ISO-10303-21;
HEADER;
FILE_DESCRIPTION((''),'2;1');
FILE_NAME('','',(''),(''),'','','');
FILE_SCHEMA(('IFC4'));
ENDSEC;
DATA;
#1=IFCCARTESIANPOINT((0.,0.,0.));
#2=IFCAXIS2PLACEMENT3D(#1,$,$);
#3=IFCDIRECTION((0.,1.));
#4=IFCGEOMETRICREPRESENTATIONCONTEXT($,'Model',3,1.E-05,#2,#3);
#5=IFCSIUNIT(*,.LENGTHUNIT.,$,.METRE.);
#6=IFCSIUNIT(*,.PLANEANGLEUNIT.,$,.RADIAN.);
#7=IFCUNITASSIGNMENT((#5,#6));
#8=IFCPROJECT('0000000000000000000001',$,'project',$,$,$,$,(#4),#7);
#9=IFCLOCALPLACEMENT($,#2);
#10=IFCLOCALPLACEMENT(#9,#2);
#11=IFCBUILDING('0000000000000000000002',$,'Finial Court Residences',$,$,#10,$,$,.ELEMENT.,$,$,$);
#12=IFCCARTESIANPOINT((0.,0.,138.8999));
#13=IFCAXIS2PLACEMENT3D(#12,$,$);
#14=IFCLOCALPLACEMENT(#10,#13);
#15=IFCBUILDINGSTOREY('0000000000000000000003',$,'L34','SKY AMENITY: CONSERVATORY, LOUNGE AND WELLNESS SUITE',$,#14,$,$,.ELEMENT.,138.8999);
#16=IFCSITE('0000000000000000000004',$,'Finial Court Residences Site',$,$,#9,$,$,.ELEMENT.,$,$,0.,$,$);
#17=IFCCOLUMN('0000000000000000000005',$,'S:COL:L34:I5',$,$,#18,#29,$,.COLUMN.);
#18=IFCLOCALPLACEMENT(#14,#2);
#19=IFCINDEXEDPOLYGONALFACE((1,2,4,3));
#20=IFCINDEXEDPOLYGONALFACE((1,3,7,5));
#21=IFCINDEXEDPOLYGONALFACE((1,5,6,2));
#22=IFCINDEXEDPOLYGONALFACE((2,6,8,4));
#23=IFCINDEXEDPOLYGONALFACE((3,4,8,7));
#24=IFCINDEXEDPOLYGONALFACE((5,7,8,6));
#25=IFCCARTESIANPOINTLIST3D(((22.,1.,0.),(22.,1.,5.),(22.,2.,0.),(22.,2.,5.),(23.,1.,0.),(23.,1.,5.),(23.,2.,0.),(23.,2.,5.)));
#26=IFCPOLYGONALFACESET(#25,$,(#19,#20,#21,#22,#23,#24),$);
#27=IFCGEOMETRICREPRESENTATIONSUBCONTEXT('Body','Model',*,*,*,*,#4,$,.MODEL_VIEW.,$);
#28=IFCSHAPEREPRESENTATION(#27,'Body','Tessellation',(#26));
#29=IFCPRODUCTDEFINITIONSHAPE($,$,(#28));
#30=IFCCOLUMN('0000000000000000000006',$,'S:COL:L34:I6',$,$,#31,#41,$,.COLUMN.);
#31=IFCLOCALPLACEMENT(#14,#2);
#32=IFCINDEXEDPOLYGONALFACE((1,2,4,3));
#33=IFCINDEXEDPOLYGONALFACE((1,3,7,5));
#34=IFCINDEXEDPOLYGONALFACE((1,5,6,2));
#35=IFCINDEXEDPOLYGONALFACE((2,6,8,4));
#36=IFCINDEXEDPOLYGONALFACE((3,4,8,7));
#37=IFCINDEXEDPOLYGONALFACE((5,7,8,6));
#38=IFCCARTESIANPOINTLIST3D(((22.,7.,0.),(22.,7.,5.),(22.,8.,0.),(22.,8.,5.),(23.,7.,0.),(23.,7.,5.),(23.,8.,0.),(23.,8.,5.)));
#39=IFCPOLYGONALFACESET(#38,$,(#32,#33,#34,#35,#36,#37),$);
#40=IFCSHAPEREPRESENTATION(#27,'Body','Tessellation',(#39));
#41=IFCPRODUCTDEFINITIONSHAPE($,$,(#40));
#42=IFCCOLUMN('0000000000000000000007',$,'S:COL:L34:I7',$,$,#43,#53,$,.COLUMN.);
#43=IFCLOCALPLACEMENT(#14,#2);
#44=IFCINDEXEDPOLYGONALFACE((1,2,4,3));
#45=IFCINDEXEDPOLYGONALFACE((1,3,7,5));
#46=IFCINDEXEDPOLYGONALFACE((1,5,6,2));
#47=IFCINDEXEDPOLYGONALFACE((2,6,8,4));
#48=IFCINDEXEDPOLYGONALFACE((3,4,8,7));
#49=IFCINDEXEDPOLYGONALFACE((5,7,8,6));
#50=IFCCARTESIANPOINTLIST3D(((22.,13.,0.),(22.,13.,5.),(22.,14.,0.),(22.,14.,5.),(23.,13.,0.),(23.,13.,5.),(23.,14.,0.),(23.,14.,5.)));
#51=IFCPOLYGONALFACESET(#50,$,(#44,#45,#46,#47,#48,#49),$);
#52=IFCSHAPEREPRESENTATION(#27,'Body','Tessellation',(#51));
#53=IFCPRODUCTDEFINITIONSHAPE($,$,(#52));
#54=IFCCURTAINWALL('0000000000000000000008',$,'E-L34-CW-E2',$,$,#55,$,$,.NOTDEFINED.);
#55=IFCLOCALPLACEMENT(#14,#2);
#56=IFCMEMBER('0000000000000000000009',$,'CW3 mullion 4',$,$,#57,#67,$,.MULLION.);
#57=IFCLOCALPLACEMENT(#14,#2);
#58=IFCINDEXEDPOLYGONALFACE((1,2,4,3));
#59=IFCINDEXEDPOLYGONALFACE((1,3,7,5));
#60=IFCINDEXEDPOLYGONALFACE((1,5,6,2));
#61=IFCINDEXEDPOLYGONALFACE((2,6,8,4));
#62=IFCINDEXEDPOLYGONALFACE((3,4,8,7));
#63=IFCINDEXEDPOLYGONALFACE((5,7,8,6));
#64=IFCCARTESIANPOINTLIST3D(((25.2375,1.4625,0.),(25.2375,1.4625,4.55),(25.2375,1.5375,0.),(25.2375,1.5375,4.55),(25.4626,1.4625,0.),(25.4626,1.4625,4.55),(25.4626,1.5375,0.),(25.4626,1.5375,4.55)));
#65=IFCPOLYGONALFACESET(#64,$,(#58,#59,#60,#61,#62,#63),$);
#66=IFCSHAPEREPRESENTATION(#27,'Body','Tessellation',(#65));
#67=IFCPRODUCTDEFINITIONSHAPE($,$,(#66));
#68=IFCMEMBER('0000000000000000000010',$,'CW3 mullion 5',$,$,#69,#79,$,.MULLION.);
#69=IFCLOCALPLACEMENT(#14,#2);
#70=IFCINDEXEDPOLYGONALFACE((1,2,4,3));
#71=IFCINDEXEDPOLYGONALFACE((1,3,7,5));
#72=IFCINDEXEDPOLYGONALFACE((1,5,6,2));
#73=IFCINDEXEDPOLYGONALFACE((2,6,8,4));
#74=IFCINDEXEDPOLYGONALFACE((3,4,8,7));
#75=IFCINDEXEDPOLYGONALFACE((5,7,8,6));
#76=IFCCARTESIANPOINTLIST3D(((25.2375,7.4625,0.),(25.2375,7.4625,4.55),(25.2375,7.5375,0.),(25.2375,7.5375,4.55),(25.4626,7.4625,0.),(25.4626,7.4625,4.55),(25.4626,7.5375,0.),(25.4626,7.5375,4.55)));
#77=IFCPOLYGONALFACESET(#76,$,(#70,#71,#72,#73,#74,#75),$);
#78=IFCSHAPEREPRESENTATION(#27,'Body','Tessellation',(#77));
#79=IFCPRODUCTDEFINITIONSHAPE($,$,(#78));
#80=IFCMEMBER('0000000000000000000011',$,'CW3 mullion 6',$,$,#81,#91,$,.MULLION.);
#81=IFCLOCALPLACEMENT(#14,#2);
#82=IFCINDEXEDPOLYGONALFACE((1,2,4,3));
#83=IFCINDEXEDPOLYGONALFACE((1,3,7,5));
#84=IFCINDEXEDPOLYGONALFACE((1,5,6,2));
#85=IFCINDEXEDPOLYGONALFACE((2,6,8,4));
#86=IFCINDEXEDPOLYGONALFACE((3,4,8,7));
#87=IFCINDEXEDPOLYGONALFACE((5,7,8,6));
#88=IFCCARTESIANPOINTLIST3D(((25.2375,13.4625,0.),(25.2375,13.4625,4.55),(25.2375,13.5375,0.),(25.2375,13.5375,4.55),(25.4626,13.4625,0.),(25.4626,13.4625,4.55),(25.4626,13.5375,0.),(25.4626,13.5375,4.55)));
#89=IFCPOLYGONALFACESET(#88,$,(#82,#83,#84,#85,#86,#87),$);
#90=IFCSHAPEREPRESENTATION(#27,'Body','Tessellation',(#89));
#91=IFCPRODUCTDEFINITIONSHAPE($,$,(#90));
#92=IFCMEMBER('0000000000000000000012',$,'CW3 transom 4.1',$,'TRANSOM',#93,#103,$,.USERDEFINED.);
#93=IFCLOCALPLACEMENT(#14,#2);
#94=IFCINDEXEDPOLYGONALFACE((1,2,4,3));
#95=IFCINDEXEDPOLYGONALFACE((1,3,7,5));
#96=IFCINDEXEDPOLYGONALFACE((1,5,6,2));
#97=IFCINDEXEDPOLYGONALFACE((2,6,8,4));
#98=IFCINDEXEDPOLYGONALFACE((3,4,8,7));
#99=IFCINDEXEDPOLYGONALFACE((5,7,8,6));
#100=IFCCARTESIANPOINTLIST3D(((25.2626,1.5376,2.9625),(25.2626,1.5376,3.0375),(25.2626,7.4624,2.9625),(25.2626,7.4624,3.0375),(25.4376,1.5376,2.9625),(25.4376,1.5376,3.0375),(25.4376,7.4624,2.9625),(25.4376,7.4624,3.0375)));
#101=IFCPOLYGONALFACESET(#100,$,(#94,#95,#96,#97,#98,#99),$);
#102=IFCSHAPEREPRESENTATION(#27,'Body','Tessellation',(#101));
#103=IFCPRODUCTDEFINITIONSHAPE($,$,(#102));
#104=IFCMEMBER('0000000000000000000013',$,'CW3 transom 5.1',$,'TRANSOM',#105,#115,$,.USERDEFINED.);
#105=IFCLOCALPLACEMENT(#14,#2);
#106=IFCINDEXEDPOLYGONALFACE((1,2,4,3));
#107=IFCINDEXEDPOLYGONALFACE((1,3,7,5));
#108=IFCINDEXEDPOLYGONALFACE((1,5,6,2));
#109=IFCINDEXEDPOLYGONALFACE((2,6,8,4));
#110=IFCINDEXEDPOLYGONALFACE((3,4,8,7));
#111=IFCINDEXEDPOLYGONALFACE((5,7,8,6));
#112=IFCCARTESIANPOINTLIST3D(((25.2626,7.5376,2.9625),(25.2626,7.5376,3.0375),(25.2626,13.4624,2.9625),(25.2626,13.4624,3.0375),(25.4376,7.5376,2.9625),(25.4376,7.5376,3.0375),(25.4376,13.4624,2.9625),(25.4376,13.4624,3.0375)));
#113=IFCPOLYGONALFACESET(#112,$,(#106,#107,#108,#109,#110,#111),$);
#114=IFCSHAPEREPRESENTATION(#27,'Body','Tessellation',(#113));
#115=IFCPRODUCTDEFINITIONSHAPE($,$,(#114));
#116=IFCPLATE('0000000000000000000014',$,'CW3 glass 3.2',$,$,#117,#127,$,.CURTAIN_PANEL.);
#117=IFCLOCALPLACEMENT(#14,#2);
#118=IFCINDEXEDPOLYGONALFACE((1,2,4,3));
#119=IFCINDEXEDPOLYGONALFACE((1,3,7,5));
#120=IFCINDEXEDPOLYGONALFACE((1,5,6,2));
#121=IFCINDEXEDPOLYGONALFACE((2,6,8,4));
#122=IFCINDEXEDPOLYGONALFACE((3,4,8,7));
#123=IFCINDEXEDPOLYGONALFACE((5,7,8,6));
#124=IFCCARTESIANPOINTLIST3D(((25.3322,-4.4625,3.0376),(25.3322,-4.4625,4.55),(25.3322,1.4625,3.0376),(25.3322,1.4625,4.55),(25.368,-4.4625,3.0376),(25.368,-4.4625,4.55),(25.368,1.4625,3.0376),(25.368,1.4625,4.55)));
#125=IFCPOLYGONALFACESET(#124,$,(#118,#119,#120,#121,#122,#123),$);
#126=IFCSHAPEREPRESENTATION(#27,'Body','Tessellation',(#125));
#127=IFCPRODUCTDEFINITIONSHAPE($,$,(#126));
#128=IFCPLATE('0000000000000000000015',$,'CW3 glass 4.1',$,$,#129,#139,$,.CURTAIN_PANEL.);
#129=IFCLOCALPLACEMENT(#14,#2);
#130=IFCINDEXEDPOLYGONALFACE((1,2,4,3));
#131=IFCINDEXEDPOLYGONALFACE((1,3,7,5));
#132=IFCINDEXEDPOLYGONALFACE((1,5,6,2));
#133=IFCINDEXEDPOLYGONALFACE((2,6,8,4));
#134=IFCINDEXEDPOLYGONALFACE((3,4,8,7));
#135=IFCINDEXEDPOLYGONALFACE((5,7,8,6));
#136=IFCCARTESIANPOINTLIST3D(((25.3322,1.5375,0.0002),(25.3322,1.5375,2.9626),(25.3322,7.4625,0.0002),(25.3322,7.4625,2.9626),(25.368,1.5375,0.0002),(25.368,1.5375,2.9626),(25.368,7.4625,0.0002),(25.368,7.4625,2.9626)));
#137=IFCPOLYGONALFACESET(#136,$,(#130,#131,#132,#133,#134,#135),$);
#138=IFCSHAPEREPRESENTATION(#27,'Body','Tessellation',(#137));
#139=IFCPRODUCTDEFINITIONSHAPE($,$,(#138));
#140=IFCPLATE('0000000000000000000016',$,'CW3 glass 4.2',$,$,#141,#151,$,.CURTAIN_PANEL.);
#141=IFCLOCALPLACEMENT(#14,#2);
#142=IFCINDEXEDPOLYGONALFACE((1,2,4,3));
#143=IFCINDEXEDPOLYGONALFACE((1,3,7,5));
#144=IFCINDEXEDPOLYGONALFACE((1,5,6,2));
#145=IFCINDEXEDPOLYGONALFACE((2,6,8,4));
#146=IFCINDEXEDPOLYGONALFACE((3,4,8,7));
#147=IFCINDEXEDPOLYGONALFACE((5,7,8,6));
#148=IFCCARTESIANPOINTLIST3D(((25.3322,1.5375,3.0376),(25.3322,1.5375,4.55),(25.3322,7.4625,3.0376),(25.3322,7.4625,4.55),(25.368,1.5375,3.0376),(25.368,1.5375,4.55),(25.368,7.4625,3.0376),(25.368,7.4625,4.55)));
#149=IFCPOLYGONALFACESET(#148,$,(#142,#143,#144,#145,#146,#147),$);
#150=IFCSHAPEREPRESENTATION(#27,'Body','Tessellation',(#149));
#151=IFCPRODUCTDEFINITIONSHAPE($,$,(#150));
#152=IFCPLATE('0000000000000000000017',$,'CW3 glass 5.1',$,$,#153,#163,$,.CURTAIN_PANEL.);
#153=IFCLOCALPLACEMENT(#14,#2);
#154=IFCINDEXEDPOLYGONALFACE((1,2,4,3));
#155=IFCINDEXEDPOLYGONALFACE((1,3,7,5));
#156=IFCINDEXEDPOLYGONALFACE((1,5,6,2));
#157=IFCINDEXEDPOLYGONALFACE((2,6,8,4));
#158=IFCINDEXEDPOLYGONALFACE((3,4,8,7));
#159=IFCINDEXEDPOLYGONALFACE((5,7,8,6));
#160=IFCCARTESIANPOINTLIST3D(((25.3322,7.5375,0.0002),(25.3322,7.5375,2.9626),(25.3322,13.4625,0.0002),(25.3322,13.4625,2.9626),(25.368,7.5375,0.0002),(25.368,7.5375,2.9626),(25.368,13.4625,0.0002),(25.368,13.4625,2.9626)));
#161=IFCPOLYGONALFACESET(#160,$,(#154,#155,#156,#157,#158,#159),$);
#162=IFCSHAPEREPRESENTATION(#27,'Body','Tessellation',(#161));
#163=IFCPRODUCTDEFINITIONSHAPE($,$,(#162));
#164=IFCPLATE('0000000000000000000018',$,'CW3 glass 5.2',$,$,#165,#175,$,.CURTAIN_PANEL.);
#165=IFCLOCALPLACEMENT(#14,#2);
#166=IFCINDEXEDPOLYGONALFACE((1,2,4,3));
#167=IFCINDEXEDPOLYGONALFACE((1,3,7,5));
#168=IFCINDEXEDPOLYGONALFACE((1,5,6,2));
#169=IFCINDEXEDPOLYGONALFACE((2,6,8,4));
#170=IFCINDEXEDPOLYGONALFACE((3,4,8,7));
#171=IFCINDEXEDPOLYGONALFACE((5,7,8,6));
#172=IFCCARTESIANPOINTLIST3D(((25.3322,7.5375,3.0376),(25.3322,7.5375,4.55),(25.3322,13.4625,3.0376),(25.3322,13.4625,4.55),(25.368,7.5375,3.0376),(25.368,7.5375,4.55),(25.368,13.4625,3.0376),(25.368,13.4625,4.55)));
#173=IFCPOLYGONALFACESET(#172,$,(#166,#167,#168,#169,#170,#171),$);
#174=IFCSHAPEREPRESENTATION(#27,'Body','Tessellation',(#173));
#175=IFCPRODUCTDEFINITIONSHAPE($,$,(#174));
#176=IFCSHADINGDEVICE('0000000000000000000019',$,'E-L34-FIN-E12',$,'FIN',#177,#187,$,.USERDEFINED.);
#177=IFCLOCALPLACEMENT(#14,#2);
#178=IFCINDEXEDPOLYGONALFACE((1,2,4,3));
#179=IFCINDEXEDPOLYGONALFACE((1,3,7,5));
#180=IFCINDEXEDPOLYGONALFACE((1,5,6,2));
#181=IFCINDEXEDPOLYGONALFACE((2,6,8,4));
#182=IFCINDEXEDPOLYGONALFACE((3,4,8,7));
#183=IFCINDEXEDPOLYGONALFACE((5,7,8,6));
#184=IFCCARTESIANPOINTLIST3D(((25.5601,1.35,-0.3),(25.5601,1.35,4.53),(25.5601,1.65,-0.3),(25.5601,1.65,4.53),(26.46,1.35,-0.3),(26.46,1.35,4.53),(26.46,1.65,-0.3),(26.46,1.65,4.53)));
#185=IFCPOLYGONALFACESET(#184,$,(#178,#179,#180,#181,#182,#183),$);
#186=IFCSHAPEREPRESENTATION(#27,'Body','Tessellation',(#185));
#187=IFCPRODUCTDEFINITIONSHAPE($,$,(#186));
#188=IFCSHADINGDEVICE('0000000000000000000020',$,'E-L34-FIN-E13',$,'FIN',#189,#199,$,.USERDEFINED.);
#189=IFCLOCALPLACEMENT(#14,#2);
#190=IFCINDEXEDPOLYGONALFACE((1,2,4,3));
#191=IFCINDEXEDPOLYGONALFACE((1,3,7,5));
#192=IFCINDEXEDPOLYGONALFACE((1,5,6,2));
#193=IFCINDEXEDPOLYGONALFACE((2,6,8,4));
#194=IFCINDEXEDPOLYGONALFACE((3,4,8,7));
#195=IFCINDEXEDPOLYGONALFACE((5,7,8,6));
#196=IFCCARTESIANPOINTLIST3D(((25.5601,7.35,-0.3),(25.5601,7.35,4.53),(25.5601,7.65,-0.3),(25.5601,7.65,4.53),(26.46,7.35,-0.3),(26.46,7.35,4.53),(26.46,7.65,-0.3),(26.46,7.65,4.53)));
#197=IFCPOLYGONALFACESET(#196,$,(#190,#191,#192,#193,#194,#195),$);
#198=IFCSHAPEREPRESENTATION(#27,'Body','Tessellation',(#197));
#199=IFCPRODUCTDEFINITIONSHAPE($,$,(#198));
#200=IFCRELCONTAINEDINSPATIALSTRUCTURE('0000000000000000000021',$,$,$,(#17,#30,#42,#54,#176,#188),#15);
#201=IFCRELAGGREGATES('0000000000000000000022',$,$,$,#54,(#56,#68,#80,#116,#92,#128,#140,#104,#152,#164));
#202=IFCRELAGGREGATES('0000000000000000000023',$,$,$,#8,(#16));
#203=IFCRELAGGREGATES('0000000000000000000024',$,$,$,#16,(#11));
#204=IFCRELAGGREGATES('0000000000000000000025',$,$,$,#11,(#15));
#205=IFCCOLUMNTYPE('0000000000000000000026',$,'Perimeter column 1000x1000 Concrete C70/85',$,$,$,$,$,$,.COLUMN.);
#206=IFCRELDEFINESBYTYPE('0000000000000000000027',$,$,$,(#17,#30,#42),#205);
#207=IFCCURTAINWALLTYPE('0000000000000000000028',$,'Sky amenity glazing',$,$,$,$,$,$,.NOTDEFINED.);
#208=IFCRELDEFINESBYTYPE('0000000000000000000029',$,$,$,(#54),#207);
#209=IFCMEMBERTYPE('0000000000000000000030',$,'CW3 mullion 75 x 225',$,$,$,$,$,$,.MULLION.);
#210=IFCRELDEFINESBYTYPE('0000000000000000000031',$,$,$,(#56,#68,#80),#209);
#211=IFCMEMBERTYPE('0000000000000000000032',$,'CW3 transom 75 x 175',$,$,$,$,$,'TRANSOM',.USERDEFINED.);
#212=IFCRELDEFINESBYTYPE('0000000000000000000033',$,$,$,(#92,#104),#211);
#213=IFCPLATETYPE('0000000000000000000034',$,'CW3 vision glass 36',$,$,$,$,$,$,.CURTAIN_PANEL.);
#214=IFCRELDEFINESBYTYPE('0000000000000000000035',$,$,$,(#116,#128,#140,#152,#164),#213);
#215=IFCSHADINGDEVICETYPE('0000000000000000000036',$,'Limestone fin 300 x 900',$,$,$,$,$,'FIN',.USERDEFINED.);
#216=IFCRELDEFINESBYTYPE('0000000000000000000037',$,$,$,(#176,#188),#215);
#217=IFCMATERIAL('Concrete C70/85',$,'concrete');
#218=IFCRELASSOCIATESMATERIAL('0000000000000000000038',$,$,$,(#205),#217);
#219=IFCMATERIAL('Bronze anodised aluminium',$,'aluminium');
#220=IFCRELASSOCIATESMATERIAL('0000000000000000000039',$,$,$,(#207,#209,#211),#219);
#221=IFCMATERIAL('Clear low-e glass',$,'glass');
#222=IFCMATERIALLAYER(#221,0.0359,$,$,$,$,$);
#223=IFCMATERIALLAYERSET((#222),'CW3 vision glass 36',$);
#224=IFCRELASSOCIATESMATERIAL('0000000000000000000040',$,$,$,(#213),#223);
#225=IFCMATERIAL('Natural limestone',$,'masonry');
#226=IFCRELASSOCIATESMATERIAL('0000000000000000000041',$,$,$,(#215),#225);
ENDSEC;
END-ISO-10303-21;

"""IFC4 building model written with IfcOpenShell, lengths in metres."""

from ifc_helpers import new_model, si_unit, direction, frame, origin, origin_2d, place, context, subcontext, project, spatial, rectangle, extrude, material, layer, layer_set, material_profile, profile_set, type_object, element, aggregate, save


model = new_model("IFC4")

# Units and contexts
model_context = context("Model", 3, precision=1e-05, world=origin(), true_north=direction((0.0, 1.0)))
body_context = subcontext(model_context, "Body", "Model", "MODEL_VIEW")
ifc_project = project(units=[si_unit("LENGTHUNIT", "METRE"), si_unit("PLANEANGLEUNIT", "RADIAN")], contexts=[model_context])

# Site, building, storey
site_placement = place(None, origin())
site = spatial("IfcSite", under=ifc_project, at=site_placement, Name="Finial Court Residences Site", CompositionType="ELEMENT", RefElevation=0.0)
building_placement = place(site_placement, origin())
building = spatial("IfcBuilding", under=site, at=building_placement, Name="Finial Court Residences", CompositionType="ELEMENT")
storey_placement = place(building_placement, frame((0.0, 0.0, 138.8999)))
storey = spatial("IfcBuildingStorey", under=building, at=storey_placement, Name="L34", Description="SKY AMENITY: CONSERVATORY, LOUNGE AND WELLNESS SUITE", CompositionType="ELEMENT", Elevation=138.8999)

# Columns
ifc_material_1 = material(Name="Concrete C70/85", Category="concrete")
ifc_material_profile_1 = material_profile(ifc_material_1, rectangle(XDim=1.0, YDim=1.0, at=origin_2d()), Name="1000x1000")
ifc_profile_set_1 = profile_set([ifc_material_profile_1], Name="Concrete C70/85")
column_type = type_object("IfcColumnType", Name="Perimeter column 1000x1000 Concrete C70/85", PredefinedType="COLUMN", material=ifc_profile_set_1)
for number, where, z_axis, x_axis, name in (
    (1, (22.5, 1.5, 0.0), (0.0, 0.0, 1.0), (1.0, 0.0, 0.0), "S:COL:L34:I5"),
    (2, (22.5, 7.5, 0.0), (0.0, 0.0, 1.0), (1.0, 0.0, 0.0), "S:COL:L34:I6"),
    (3, (22.5, 13.5, 0.0), (0.0, 0.0, 1.0), (1.0, 0.0, 0.0), "S:COL:L34:I7"),
):
    element("IfcColumn", number, at=place(storey_placement, frame(where, z_axis=z_axis, x_axis=x_axis)), inside=storey, type_object=column_type, Name=name, PredefinedType="COLUMN", context=body_context, shape_type="SweptSolid", body=[
        extrude(rectangle(XDim=1.0, YDim=1.0, at=origin_2d()), origin(), (0.0, 0.0, 1.0), 5.0),
    ])

# Curtain wall, members, plates
ifc_material_2 = material(Name="Bronze anodised aluminium", Category="aluminium")
curtain_wall_type = type_object("IfcCurtainWallType", Name="Sky amenity glazing", PredefinedType="NOTDEFINED", material=ifc_material_2)
curtain_wall_placement = place(storey_placement, origin())
curtain_wall = element("IfcCurtainWall", 4, at=curtain_wall_placement, inside=storey, type_object=curtain_wall_type, Name="E-L34-CW-E2", PredefinedType="NOTDEFINED")
ifc_material_profile_2 = material_profile(ifc_material_2, rectangle(XDim=0.2251, YDim=0.075, at=origin_2d()), Name="CW3 mullion 75 x 225")
ifc_profile_set_2 = profile_set([ifc_material_profile_2], Name="Bronze anodised aluminium")
member_type_1 = type_object("IfcMemberType", Name="CW3 mullion 75 x 225", PredefinedType="MULLION", material=ifc_profile_set_2)
member_1_placement = place(storey_placement, frame((25.3501, 1.5, 0.0), z_axis=(0.0, 0.0, 1.0), x_axis=(-1.0, 0.0, 0.0)))
member_1 = element("IfcMember", 5, at=member_1_placement, type_object=member_type_1, Name="CW3 mullion 4", PredefinedType="MULLION", context=body_context, shape_type="SweptSolid", body=[
    extrude(rectangle(XDim=0.2251, YDim=0.075, at=origin_2d()), origin(), (0.0, 0.0, 1.0), 4.55),
])
member_2_placement = place(storey_placement, frame((25.3501, 7.5, 0.0), z_axis=(0.0, 0.0, 1.0), x_axis=(-1.0, 0.0, 0.0)))
member_2 = element("IfcMember", 6, at=member_2_placement, type_object=member_type_1, Name="CW3 mullion 5", PredefinedType="MULLION", context=body_context, shape_type="SweptSolid", body=[
    extrude(rectangle(XDim=0.2251, YDim=0.075, at=origin_2d()), origin(), (0.0, 0.0, 1.0), 4.55),
])
member_3_placement = place(storey_placement, frame((25.3501, 13.5, 0.0), z_axis=(0.0, 0.0, 1.0), x_axis=(-1.0, 0.0, 0.0)))
member_3 = element("IfcMember", 7, at=member_3_placement, type_object=member_type_1, Name="CW3 mullion 6", PredefinedType="MULLION", context=body_context, shape_type="SweptSolid", body=[
    extrude(rectangle(XDim=0.2251, YDim=0.075, at=origin_2d()), origin(), (0.0, 0.0, 1.0), 4.55),
])
ifc_material_profile_3 = material_profile(ifc_material_2, rectangle(XDim=0.175, YDim=0.075, at=origin_2d()), Name="CW3 transom 75 x 175")
ifc_profile_set_3 = profile_set([ifc_material_profile_3], Name="Bronze anodised aluminium")
member_type_2 = type_object("IfcMemberType", Name="CW3 transom 75 x 175", ElementType="TRANSOM", PredefinedType="USERDEFINED", material=ifc_profile_set_3)
member_4_placement = place(storey_placement, frame((25.3501, 1.5376, 3.0), z_axis=(0.0, 1.0, 0.0), x_axis=(-1.0, 0.0, 0.0)))
member_4 = element("IfcMember", 8, at=member_4_placement, type_object=member_type_2, Name="CW3 transom 4.1", ObjectType="TRANSOM", PredefinedType="USERDEFINED", context=body_context, shape_type="SweptSolid", body=[
    extrude(rectangle(XDim=0.175, YDim=0.075, at=origin_2d()), origin(), (0.0, 0.0, 1.0), 5.9248),
])
member_5_placement = place(storey_placement, frame((25.3501, 7.5376, 3.0), z_axis=(0.0, 1.0, 0.0), x_axis=(-1.0, 0.0, 0.0)))
member_5 = element("IfcMember", 9, at=member_5_placement, type_object=member_type_2, Name="CW3 transom 5.1", ObjectType="TRANSOM", PredefinedType="USERDEFINED", context=body_context, shape_type="SweptSolid", body=[
    extrude(rectangle(XDim=0.175, YDim=0.075, at=origin_2d()), origin(), (0.0, 0.0, 1.0), 5.9248),
])
ifc_material_3 = material(Name="Clear low-e glass", Category="glass")
ifc_layer = layer(ifc_material_3, 0.0359)
ifc_layer_set = layer_set([ifc_layer], Name="CW3 vision glass 36")
plate_type = type_object("IfcPlateType", Name="CW3 vision glass 36", PredefinedType="CURTAIN_PANEL", material=ifc_layer_set)
plate_1_placement = place(storey_placement, frame((25.3501, -1.5, 3.0376), z_axis=(0.0, 0.0, 1.0), x_axis=(0.0, 1.0, 0.0)))
plate_1 = element("IfcPlate", 10, at=plate_1_placement, type_object=plate_type, Name="CW3 glass 3.2", PredefinedType="CURTAIN_PANEL", context=body_context, shape_type="SweptSolid", body=[
    extrude(rectangle(XDim=5.925, YDim=0.0359, at=origin_2d()), origin(), (0.0, 0.0, 1.0), 1.5125),
])
plate_2_placement = place(storey_placement, frame((25.3501, 4.5, 0.0002), z_axis=(0.0, 0.0, 1.0), x_axis=(0.0, 1.0, 0.0)))
plate_2 = element("IfcPlate", 11, at=plate_2_placement, type_object=plate_type, Name="CW3 glass 4.1", PredefinedType="CURTAIN_PANEL", context=body_context, shape_type="SweptSolid", body=[
    extrude(rectangle(XDim=5.925, YDim=0.0359, at=origin_2d()), origin(), (0.0, 0.0, 1.0), 2.9624),
])
plate_3_placement = place(storey_placement, frame((25.3501, 4.5, 3.0376), z_axis=(0.0, 0.0, 1.0), x_axis=(0.0, 1.0, 0.0)))
plate_3 = element("IfcPlate", 12, at=plate_3_placement, type_object=plate_type, Name="CW3 glass 4.2", PredefinedType="CURTAIN_PANEL", context=body_context, shape_type="SweptSolid", body=[
    extrude(rectangle(XDim=5.925, YDim=0.0359, at=origin_2d()), origin(), (0.0, 0.0, 1.0), 1.5125),
])
plate_4_placement = place(storey_placement, frame((25.3501, 10.5, 0.0002), z_axis=(0.0, 0.0, 1.0), x_axis=(0.0, 1.0, 0.0)))
plate_4 = element("IfcPlate", 13, at=plate_4_placement, type_object=plate_type, Name="CW3 glass 5.1", PredefinedType="CURTAIN_PANEL", context=body_context, shape_type="SweptSolid", body=[
    extrude(rectangle(XDim=5.925, YDim=0.0359, at=origin_2d()), origin(), (0.0, 0.0, 1.0), 2.9624),
])
plate_5_placement = place(storey_placement, frame((25.3501, 10.5, 3.0376), z_axis=(0.0, 0.0, 1.0), x_axis=(0.0, 1.0, 0.0)))
plate_5 = element("IfcPlate", 14, at=plate_5_placement, type_object=plate_type, Name="CW3 glass 5.2", PredefinedType="CURTAIN_PANEL", context=body_context, shape_type="SweptSolid", body=[
    extrude(rectangle(XDim=5.925, YDim=0.0359, at=origin_2d()), origin(), (0.0, 0.0, 1.0), 1.5125),
])
aggregate(curtain_wall, [member_1, member_2, member_3, plate_1, member_4, plate_2, plate_3, member_5, plate_4, plate_5])

# Shading devices
ifc_material_4 = material(Name="Natural limestone", Category="masonry")
shading_device_type = type_object("IfcShadingDeviceType", Name="Limestone fin 300 x 900", ElementType="FIN", PredefinedType="USERDEFINED", material=ifc_material_4)
for number, where, z_axis, x_axis, name in (
    (15, (26.01, 1.5, -0.3), (0.0, 0.0, 1.0), (1.0, 0.0, 0.0), "E-L34-FIN-E12"),
    (16, (26.01, 7.5, -0.3), (0.0, 0.0, 1.0), (1.0, 0.0, 0.0), "E-L34-FIN-E13"),
):
    element("IfcShadingDevice", number, at=place(storey_placement, frame(where, z_axis=z_axis, x_axis=x_axis)), inside=storey, type_object=shading_device_type, Name=name, ObjectType="FIN", PredefinedType="USERDEFINED", context=body_context, shape_type="SweptSolid", body=[
        extrude(rectangle(XDim=0.8999, YDim=0.3, at=origin_2d()), origin(), (0.0, 0.0, 1.0), 4.8301),
    ])

save(model, "model.ifc")
